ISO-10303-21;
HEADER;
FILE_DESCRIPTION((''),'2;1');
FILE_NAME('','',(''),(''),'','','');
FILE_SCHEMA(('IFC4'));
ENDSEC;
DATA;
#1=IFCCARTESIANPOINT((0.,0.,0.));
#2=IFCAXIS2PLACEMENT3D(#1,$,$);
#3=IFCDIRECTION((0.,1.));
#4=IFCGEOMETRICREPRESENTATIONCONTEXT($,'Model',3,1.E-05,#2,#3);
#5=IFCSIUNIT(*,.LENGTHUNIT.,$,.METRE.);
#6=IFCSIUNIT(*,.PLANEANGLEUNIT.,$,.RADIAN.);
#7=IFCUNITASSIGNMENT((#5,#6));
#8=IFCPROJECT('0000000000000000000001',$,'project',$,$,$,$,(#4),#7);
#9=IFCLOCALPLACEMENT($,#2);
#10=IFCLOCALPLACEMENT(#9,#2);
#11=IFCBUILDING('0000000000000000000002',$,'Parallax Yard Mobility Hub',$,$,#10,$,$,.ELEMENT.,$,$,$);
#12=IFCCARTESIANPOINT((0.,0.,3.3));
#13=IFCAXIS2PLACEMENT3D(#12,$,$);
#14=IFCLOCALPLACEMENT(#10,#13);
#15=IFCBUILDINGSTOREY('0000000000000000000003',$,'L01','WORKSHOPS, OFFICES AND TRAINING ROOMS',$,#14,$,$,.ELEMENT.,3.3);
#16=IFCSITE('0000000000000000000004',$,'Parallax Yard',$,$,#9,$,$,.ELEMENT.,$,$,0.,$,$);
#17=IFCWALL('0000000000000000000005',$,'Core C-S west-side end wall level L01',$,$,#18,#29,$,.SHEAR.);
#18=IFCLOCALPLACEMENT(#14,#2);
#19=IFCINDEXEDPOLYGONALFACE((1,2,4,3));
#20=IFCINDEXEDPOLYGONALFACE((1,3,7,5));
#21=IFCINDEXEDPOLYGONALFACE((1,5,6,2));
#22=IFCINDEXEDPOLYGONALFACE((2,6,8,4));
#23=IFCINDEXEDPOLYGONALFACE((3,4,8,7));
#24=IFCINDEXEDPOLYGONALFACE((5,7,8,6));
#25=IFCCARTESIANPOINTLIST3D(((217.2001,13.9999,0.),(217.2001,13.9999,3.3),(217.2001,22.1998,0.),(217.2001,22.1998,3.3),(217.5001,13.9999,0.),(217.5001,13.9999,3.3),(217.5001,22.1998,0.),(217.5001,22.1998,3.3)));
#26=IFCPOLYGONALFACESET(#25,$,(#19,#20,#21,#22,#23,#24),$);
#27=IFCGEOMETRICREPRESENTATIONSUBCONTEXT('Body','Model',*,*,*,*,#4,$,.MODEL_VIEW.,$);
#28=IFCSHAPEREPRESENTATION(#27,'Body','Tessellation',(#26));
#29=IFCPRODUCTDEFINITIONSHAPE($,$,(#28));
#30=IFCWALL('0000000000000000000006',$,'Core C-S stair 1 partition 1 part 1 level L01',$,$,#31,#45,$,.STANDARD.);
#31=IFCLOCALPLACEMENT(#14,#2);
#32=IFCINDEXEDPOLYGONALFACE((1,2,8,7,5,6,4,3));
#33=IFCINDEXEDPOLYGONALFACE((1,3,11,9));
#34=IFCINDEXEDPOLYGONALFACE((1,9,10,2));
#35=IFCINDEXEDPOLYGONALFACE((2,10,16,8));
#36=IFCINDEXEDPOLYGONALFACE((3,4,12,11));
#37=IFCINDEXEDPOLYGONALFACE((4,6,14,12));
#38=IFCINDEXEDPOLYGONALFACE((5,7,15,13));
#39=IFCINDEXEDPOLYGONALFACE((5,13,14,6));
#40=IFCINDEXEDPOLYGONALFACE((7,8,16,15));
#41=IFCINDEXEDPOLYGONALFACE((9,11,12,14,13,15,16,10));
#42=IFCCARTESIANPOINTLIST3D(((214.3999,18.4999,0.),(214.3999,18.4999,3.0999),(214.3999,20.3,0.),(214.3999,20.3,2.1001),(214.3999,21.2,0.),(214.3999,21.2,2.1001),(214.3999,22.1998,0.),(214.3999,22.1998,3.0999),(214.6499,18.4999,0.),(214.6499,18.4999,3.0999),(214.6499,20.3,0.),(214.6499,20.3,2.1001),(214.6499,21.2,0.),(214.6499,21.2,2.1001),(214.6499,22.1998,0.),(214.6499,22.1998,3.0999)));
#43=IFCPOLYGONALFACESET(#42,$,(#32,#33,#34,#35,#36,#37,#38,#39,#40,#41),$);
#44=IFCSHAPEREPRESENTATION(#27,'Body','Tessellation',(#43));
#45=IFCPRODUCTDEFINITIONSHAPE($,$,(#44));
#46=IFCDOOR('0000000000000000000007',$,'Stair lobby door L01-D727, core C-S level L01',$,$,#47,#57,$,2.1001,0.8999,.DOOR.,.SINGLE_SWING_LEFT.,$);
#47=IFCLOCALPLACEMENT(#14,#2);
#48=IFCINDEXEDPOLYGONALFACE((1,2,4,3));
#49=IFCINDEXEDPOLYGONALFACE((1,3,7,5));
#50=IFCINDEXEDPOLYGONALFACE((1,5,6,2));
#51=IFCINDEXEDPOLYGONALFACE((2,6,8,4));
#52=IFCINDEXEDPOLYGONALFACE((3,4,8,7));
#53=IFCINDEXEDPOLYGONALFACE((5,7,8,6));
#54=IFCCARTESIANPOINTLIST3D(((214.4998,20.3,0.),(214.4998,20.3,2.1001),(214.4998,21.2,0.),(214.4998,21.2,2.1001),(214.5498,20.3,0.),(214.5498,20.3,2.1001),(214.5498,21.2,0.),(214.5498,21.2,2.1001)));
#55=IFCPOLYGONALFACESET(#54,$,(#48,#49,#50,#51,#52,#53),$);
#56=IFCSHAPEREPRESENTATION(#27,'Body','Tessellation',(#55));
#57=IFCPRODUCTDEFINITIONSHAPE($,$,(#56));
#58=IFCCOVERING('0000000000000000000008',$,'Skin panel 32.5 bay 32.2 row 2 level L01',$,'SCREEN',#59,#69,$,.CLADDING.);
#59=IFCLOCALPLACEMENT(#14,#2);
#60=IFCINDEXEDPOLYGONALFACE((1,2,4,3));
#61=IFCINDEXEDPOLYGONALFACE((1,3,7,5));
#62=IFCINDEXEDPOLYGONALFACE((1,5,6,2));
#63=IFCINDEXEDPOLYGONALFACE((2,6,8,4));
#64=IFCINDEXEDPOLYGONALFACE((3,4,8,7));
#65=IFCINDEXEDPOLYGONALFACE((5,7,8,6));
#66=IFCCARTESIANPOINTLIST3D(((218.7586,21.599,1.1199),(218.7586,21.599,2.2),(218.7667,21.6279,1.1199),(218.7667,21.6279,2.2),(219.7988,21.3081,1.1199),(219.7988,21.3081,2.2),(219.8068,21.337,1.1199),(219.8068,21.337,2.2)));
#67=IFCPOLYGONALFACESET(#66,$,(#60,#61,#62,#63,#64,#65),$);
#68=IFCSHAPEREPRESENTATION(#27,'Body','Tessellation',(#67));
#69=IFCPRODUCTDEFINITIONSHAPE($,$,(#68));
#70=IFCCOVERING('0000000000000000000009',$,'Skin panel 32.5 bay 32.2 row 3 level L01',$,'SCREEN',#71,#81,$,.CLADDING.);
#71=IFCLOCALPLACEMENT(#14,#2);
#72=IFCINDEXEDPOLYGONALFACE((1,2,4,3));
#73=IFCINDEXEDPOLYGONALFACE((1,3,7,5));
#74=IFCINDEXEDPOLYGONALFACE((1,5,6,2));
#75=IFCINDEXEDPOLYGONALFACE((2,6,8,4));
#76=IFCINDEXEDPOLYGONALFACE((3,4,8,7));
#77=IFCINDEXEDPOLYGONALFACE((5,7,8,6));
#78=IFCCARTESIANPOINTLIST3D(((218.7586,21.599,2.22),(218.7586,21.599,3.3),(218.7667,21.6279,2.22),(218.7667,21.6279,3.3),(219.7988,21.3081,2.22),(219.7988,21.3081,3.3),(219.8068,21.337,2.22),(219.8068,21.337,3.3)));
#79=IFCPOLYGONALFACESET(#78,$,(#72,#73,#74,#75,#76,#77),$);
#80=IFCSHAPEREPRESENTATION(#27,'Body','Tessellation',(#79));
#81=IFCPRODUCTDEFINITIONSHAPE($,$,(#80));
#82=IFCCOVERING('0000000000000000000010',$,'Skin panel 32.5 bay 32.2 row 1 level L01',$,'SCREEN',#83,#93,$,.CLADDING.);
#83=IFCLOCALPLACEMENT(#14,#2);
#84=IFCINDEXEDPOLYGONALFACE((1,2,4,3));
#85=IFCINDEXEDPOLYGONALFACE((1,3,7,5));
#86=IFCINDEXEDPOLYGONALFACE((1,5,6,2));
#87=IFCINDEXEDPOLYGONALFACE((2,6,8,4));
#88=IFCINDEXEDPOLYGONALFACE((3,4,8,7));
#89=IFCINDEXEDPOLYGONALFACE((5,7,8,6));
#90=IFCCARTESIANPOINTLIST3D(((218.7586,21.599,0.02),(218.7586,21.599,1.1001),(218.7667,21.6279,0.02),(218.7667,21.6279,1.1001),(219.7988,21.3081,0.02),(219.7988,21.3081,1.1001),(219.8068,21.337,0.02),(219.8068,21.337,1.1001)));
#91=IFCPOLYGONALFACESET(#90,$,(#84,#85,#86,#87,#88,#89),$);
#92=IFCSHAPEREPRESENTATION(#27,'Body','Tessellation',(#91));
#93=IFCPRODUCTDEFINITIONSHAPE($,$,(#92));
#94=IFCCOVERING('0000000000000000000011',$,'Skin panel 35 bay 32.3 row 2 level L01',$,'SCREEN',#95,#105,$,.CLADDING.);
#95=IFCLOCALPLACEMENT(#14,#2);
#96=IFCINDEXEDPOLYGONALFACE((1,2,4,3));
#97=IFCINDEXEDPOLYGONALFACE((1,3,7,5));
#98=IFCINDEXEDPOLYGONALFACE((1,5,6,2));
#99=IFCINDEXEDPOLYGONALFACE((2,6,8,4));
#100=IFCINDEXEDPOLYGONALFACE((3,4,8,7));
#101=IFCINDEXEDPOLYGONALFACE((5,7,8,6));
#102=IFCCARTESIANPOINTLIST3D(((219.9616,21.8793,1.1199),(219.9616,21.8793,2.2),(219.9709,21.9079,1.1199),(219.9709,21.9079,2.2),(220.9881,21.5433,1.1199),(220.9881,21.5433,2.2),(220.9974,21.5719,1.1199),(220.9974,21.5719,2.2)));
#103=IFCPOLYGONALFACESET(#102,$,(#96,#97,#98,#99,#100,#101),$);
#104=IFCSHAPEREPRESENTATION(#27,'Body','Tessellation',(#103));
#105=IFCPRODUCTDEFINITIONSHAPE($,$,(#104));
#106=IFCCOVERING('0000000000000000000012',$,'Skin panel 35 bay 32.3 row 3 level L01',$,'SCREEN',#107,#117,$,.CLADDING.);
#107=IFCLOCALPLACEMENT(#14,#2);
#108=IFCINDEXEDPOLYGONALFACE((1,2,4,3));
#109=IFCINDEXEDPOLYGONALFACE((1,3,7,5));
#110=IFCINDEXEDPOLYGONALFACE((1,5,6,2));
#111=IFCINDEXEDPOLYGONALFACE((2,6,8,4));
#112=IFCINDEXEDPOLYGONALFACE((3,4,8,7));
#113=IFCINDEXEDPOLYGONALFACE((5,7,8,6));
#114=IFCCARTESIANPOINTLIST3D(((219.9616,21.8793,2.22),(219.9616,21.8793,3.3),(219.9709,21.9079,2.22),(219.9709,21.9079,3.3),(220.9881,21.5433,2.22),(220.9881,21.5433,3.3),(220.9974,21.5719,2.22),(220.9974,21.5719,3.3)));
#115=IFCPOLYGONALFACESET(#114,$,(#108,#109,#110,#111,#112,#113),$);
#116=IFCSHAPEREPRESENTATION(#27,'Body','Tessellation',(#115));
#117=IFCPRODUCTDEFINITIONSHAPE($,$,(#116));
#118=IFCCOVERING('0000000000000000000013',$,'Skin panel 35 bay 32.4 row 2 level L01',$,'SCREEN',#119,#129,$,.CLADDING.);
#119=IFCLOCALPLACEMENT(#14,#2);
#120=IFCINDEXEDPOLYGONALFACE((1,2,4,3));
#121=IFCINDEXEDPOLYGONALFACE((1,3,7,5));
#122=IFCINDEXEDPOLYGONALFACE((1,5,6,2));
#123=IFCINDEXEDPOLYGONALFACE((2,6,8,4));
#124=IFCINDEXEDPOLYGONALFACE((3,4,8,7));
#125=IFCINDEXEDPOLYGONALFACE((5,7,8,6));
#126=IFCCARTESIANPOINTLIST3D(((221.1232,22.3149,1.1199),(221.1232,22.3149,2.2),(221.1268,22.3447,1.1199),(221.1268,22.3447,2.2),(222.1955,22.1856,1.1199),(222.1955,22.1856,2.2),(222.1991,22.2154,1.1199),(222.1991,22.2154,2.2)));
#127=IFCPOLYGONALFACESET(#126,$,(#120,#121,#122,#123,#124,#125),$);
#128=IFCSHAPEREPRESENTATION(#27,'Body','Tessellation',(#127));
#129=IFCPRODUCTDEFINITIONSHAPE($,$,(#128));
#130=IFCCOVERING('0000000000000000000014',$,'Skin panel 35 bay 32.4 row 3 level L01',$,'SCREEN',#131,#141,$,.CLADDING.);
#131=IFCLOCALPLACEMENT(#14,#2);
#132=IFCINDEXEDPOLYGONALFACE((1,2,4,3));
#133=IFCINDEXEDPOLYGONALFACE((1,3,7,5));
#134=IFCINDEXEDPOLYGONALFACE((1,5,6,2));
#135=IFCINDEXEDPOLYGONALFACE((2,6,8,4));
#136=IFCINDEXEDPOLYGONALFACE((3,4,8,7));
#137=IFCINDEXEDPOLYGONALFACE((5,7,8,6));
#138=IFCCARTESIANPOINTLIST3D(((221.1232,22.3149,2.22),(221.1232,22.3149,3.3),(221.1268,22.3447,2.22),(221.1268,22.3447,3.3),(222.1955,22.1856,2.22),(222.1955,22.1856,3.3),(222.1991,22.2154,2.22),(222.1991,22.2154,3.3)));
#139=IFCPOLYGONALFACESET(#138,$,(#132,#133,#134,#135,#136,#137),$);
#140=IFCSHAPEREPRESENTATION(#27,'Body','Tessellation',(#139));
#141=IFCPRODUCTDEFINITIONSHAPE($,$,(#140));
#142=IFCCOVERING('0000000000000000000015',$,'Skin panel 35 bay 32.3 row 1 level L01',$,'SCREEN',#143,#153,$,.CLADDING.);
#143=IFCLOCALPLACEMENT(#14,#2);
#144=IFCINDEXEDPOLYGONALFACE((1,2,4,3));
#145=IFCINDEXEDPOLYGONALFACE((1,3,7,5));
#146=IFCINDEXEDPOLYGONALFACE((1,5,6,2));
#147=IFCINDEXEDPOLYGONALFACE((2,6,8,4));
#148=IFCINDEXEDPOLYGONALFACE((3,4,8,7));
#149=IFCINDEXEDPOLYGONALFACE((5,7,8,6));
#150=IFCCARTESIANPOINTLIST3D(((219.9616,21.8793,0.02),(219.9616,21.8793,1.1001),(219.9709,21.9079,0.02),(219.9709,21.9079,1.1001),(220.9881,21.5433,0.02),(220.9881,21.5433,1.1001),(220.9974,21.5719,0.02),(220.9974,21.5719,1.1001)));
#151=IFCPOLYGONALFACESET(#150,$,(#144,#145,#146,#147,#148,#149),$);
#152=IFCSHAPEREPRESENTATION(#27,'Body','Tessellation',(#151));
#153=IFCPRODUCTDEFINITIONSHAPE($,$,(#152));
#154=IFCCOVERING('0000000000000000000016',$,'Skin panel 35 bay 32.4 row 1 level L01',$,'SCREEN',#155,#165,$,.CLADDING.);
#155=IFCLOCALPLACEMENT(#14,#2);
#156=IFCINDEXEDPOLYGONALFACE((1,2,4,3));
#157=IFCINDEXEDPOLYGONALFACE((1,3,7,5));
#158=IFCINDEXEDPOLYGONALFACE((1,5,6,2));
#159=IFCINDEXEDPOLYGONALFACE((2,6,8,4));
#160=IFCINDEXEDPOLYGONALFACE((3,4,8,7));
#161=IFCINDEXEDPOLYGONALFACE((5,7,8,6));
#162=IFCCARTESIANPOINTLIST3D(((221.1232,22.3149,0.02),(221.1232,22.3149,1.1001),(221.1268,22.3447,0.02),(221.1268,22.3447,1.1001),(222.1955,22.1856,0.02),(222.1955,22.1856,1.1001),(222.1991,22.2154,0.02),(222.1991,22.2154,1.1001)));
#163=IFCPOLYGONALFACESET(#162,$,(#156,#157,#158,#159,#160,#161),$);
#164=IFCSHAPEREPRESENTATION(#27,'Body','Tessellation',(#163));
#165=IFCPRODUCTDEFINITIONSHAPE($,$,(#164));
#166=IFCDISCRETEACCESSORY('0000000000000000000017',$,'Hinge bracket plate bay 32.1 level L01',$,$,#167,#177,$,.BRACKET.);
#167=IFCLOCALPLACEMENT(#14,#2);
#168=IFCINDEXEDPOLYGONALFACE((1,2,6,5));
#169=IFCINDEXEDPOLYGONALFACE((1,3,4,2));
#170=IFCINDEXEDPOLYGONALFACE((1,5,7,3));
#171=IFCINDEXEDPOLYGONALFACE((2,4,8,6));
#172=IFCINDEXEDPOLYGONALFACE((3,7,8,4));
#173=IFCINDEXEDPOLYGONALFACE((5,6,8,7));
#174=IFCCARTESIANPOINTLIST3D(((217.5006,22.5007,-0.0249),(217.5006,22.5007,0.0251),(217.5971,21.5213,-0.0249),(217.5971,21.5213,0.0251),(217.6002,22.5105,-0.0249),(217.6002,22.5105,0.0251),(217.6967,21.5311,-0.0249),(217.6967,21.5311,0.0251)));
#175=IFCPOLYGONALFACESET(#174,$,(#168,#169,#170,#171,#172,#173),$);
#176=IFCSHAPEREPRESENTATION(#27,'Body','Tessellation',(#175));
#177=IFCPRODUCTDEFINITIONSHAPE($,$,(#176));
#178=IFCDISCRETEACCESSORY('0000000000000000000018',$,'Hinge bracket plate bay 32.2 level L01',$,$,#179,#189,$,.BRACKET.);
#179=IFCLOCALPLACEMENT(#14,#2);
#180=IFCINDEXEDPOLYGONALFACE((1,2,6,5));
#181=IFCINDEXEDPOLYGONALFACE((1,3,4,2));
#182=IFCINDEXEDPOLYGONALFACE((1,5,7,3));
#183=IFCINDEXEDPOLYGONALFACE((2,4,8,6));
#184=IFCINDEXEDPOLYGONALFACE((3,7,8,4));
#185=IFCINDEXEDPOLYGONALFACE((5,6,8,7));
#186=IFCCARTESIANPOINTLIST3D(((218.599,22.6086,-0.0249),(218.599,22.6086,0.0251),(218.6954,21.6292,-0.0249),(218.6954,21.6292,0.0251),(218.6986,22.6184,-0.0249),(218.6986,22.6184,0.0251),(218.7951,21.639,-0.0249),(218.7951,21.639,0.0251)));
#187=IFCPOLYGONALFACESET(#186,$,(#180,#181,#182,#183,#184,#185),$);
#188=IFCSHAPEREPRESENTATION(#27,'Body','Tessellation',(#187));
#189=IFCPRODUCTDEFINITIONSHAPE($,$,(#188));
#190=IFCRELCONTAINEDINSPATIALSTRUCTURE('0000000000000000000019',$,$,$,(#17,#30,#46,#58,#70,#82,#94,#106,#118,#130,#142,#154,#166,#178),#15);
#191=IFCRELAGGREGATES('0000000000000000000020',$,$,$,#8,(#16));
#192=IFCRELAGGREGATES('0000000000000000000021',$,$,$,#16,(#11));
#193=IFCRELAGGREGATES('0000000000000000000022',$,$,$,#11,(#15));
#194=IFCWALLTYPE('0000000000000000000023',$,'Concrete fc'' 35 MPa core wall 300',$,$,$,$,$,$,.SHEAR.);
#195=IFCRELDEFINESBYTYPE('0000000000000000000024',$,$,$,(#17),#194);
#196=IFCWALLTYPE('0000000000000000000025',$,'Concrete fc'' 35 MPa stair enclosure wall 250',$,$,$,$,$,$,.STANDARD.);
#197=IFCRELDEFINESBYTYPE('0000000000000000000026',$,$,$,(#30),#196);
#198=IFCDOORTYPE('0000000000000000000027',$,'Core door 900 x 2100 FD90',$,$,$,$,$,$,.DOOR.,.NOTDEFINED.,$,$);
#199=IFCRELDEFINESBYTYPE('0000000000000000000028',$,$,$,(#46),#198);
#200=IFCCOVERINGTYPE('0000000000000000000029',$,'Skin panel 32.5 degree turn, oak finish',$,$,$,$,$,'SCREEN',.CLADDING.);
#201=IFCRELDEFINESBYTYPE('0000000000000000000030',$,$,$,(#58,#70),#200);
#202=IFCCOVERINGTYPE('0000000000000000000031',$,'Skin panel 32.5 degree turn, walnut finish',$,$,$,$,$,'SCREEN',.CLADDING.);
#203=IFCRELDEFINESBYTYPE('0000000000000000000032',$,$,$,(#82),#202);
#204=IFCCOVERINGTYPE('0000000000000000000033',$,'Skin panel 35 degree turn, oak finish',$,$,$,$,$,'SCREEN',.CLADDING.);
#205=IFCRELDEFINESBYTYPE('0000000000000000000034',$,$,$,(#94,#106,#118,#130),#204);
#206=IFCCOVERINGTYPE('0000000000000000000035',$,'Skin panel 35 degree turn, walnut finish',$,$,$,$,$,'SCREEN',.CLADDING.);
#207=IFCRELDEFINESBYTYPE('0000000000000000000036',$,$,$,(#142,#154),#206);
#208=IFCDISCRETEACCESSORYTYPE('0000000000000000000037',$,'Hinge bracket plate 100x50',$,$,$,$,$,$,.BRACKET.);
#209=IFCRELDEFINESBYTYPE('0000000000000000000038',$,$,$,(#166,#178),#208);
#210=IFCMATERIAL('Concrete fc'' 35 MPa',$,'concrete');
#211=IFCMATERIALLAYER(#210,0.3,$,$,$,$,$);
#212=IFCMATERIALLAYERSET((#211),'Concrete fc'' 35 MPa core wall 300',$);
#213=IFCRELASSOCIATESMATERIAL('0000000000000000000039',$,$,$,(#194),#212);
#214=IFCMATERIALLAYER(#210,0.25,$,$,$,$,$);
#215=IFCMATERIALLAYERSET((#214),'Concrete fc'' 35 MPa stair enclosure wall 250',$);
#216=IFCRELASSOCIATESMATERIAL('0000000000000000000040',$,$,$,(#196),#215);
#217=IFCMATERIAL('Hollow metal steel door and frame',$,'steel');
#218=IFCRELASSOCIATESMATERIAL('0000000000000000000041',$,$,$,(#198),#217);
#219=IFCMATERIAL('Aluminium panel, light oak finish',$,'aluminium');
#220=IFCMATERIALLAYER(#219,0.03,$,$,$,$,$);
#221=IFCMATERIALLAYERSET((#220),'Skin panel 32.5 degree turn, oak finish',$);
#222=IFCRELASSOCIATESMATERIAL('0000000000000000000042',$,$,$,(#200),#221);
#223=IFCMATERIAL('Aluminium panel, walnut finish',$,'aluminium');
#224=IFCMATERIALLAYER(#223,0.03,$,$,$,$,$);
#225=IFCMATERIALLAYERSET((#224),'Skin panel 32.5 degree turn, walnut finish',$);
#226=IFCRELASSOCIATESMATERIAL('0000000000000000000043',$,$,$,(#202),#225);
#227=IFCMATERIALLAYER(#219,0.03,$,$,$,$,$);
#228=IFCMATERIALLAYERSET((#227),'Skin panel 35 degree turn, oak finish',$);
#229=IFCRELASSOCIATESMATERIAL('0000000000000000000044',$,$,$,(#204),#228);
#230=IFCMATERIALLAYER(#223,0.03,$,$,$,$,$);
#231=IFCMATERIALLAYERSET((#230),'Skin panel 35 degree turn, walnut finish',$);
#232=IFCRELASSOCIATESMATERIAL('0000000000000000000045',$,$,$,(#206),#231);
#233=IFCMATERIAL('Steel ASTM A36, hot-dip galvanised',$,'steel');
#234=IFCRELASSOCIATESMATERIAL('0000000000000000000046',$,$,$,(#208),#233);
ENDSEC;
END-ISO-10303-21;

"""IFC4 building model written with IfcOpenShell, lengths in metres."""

from ifc_helpers import new_model, si_unit, direction, frame, frame_2d, origin, origin_2d, place, context, subcontext, project, spatial, rectangle, extrude, material, layer, layer_set, type_object, element, fill, save


model = new_model("IFC4")

# Units and contexts
model_context = context("Model", 3, precision=1e-05, world=origin(), true_north=direction((0.0, 1.0)))
body_context = subcontext(model_context, "Body", "Model", "MODEL_VIEW")
ifc_project = project(units=[si_unit("LENGTHUNIT", "METRE"), si_unit("PLANEANGLEUNIT", "RADIAN")], contexts=[model_context])

# Site, building, storey
site_placement = place(None, origin())
site = spatial("IfcSite", under=ifc_project, at=site_placement, Name="Parallax Yard", CompositionType="ELEMENT", RefElevation=0.0)
building_placement = place(site_placement, origin())
building = spatial("IfcBuilding", under=site, at=building_placement, Name="Parallax Yard Mobility Hub", CompositionType="ELEMENT")
storey_placement = place(building_placement, frame((0.0, 0.0, 3.3)))
storey = spatial("IfcBuildingStorey", under=building, at=storey_placement, Name="L01", Description="WORKSHOPS, OFFICES AND TRAINING ROOMS", CompositionType="ELEMENT", Elevation=3.3)

# Wall
ifc_material_1 = material(Name="Concrete fc' 35 MPa", Category="concrete")
ifc_layer_1 = layer(ifc_material_1, 0.3)
ifc_layer_set_1 = layer_set([ifc_layer_1], Name="Concrete fc' 35 MPa core wall 300")
wall_type_1 = type_object("IfcWallType", Name="Concrete fc' 35 MPa core wall 300", PredefinedType="SHEAR", material=ifc_layer_set_1)
wall_1_placement = place(storey_placement, frame((217.3501, 22.2, 0.0), z_axis=(0.0, 0.0, 1.0), x_axis=(0.0, -1.0, 0.0)))
element("IfcWall", 1, at=wall_1_placement, inside=storey, type_object=wall_type_1, Name="Core C-S west-side end wall level L01", PredefinedType="SHEAR", context=body_context, shape_type="SweptSolid", body=[
    extrude(rectangle(XDim=8.2, YDim=0.3, at=frame_2d((4.1001, 0.0))), origin(), (0.0, 0.0, 1.0), 3.3),
])

# Wall, opening, door
ifc_layer_2 = layer(ifc_material_1, 0.25)
ifc_layer_set_2 = layer_set([ifc_layer_2], Name="Concrete fc' 35 MPa stair enclosure wall 250")
wall_type_2 = type_object("IfcWallType", Name="Concrete fc' 35 MPa stair enclosure wall 250", PredefinedType="STANDARD", material=ifc_layer_set_2)
wall_2_placement = place(storey_placement, frame((214.5249, 22.2, 0.0), z_axis=(0.0, 0.0, 1.0), x_axis=(0.0, -1.0, 0.0)))
wall_2 = element("IfcWall", 2, at=wall_2_placement, inside=storey, type_object=wall_type_2, Name="Core C-S stair 1 partition 1 part 1 level L01", PredefinedType="STANDARD", context=body_context, shape_type="SweptSolid", body=[
    extrude(rectangle(XDim=3.7, YDim=0.25, at=frame_2d((1.8501, 0.0))), origin(), (0.0, 0.0, 1.0), 3.0999),
])
opening_placement = place(wall_2_placement, frame((1.0, 0.0, 0.0)))
opening = element("IfcOpeningElement", 3, at=opening_placement, cuts=wall_2, PredefinedType="OPENING", context=body_context, shape_type="SweptSolid", body=[
    extrude(rectangle(XDim=0.8999, YDim=2.1001, at=frame_2d((0.45, 1.05))), frame((0.0, 0.135, 0.0), z_axis=(0.0, -1.0, 0.0), x_axis=(1.0, 0.0, 0.0)), (0.0, 0.0, 1.0), 0.27),
])
ifc_material_2 = material(Name="Hollow metal steel door and frame", Category="steel")
door_type = type_object("IfcDoorType", Name="Core door 900 x 2100 FD90", OperationType="NOTDEFINED", PredefinedType="DOOR", material=ifc_material_2)
door_placement = place(opening_placement, origin())
door = element("IfcDoor", 4, at=door_placement, inside=storey, type_object=door_type, Name="Stair lobby door L01-D727, core C-S level L01", OperationType="SINGLE_SWING_LEFT", OverallHeight=2.1001, OverallWidth=0.8999, PredefinedType="DOOR", context=body_context, shape_type="SweptSolid", body=[
    extrude(rectangle(XDim=0.8999, YDim=2.1001, at=frame_2d((0.45, 1.05))), frame((0.0, 0.0249, 0.0), z_axis=(0.0, -1.0, 0.0), x_axis=(1.0, 0.0, 0.0)), (0.0, 0.0, 1.0), 0.05),
])
fill(opening, door)

# Coverings
ifc_material_3 = material(Name="Aluminium panel, light oak finish", Category="aluminium")
ifc_layer_3 = layer(ifc_material_3, 0.03)
ifc_layer_set_3 = layer_set([ifc_layer_3], Name="Skin panel 32.5 degree turn, oak finish")
covering_type_1 = type_object("IfcCoveringType", Name="Skin panel 32.5 degree turn, oak finish", ElementType="SCREEN", PredefinedType="CLADDING", material=ifc_layer_set_3)
for number, where, z_axis, x_axis, name in (
    (5, (219.2827, 21.468, 1.1199), (0.0, 0.0, 1.0), (0.963045, -0.26934, 0.0), "Skin panel 32.5 bay 32.2 row 2 level L01"),
    (6, (219.2827, 21.468, 2.22), (0.0, 0.0, 1.0), (0.963045, -0.26934, 0.0), "Skin panel 32.5 bay 32.2 row 3 level L01"),
):
    element("IfcCovering", number, at=place(storey_placement, frame(where, z_axis=z_axis, x_axis=x_axis)), inside=storey, type_object=covering_type_1, Name=name, ObjectType="SCREEN", PredefinedType="CLADDING", context=body_context, shape_type="SweptSolid", body=[
        extrude(rectangle(XDim=1.0801, YDim=0.03, at=origin_2d()), origin(), (0.0, 0.0, 1.0), 1.0801),
    ])
ifc_material_4 = material(Name="Aluminium panel, walnut finish", Category="aluminium")
ifc_layer_4 = layer(ifc_material_4, 0.03)
ifc_layer_set_4 = layer_set([ifc_layer_4], Name="Skin panel 32.5 degree turn, walnut finish")
covering_type_2 = type_object("IfcCoveringType", Name="Skin panel 32.5 degree turn, walnut finish", ElementType="SCREEN", PredefinedType="CLADDING", material=ifc_layer_set_4)
covering_placement = place(storey_placement, frame((219.2827, 21.468, 0.02), z_axis=(0.0, 0.0, 1.0), x_axis=(0.963045, -0.26934, 0.0)))
element("IfcCovering", 7, at=covering_placement, inside=storey, type_object=covering_type_2, Name="Skin panel 32.5 bay 32.2 row 1 level L01", ObjectType="SCREEN", PredefinedType="CLADDING", context=body_context, shape_type="SweptSolid", body=[
    extrude(rectangle(XDim=1.0801, YDim=0.03, at=origin_2d()), origin(), (0.0, 0.0, 1.0), 1.0801),
])
ifc_layer_5 = layer(ifc_material_3, 0.03)
ifc_layer_set_5 = layer_set([ifc_layer_5], Name="Skin panel 35 degree turn, oak finish")
covering_type_3 = type_object("IfcCoveringType", Name="Skin panel 35 degree turn, oak finish", ElementType="SCREEN", PredefinedType="CLADDING", material=ifc_layer_set_5)
for number, where, z_axis, x_axis, name in (
    (8, (220.4795, 21.7256, 1.1199), (0.0, 0.0, 1.0), (0.95038, -0.311091, 0.0), "Skin panel 35 bay 32.3 row 2 level L01"),
    (9, (220.4795, 21.7256, 2.22), (0.0, 0.0, 1.0), (0.95038, -0.311091, 0.0), "Skin panel 35 bay 32.3 row 3 level L01"),
    (10, (221.6611, 22.2651, 1.1199), (0.0, 0.0, 1.0), (0.99281, -0.119704, 0.0), "Skin panel 35 bay 32.4 row 2 level L01"),
    (11, (221.6611, 22.2651, 2.22), (0.0, 0.0, 1.0), (0.99281, -0.119704, 0.0), "Skin panel 35 bay 32.4 row 3 level L01"),
):
    element("IfcCovering", number, at=place(storey_placement, frame(where, z_axis=z_axis, x_axis=x_axis)), inside=storey, type_object=covering_type_3, Name=name, ObjectType="SCREEN", PredefinedType="CLADDING", context=body_context, shape_type="SweptSolid", body=[
        extrude(rectangle(XDim=1.0801, YDim=0.03, at=origin_2d()), origin(), (0.0, 0.0, 1.0), 1.0801),
    ])
ifc_layer_6 = layer(ifc_material_4, 0.03)
ifc_layer_set_6 = layer_set([ifc_layer_6], Name="Skin panel 35 degree turn, walnut finish")
covering_type_4 = type_object("IfcCoveringType", Name="Skin panel 35 degree turn, walnut finish", ElementType="SCREEN", PredefinedType="CLADDING", material=ifc_layer_set_6)
for number, where, z_axis, x_axis, name in (
    (12, (220.4795, 21.7256, 0.02), (0.0, 0.0, 1.0), (0.95038, -0.311091, 0.0), "Skin panel 35 bay 32.3 row 1 level L01"),
    (13, (221.6611, 22.2651, 0.02), (0.0, 0.0, 1.0), (0.99281, -0.119704, 0.0), "Skin panel 35 bay 32.4 row 1 level L01"),
):
    element("IfcCovering", number, at=place(storey_placement, frame(where, z_axis=z_axis, x_axis=x_axis)), inside=storey, type_object=covering_type_4, Name=name, ObjectType="SCREEN", PredefinedType="CLADDING", context=body_context, shape_type="SweptSolid", body=[
        extrude(rectangle(XDim=1.0801, YDim=0.03, at=origin_2d()), origin(), (0.0, 0.0, 1.0), 1.0801),
    ])

# Discrete accessories
ifc_material_5 = material(Name="Steel ASTM A36, hot-dip galvanised", Category="steel")
discrete_accessory_type_1 = type_object("IfcDiscreteAccessoryType", Name="Hinge bracket plate 100x50", PredefinedType="BRACKET", material=ifc_material_5)
for number, where, z_axis, x_axis, name in (
    (14, (217.5986, 22.0159, -0.0249), (0.0, 0.0, 1.0), (0.098017, -0.995185, 0.0), "Hinge bracket plate bay 32.1 level L01"),
    (15, (218.697, 22.1238, -0.0249), (0.0, 0.0, 1.0), (0.098017, -0.995185, 0.0), "Hinge bracket plate bay 32.2 level L01"),
):
    element("IfcDiscreteAccessory", number, at=place(storey_placement, frame(where, z_axis=z_axis, x_axis=x_axis)), inside=storey, type_object=discrete_accessory_type_1, Name=name, PredefinedType="BRACKET", context=body_context, shape_type="SweptSolid", body=[
        extrude(rectangle(XDim=0.9841, YDim=0.1001, at=origin_2d()), origin(), (0.0, 0.0, 1.0), 0.05),
    ])

save(model, "model.ifc")
